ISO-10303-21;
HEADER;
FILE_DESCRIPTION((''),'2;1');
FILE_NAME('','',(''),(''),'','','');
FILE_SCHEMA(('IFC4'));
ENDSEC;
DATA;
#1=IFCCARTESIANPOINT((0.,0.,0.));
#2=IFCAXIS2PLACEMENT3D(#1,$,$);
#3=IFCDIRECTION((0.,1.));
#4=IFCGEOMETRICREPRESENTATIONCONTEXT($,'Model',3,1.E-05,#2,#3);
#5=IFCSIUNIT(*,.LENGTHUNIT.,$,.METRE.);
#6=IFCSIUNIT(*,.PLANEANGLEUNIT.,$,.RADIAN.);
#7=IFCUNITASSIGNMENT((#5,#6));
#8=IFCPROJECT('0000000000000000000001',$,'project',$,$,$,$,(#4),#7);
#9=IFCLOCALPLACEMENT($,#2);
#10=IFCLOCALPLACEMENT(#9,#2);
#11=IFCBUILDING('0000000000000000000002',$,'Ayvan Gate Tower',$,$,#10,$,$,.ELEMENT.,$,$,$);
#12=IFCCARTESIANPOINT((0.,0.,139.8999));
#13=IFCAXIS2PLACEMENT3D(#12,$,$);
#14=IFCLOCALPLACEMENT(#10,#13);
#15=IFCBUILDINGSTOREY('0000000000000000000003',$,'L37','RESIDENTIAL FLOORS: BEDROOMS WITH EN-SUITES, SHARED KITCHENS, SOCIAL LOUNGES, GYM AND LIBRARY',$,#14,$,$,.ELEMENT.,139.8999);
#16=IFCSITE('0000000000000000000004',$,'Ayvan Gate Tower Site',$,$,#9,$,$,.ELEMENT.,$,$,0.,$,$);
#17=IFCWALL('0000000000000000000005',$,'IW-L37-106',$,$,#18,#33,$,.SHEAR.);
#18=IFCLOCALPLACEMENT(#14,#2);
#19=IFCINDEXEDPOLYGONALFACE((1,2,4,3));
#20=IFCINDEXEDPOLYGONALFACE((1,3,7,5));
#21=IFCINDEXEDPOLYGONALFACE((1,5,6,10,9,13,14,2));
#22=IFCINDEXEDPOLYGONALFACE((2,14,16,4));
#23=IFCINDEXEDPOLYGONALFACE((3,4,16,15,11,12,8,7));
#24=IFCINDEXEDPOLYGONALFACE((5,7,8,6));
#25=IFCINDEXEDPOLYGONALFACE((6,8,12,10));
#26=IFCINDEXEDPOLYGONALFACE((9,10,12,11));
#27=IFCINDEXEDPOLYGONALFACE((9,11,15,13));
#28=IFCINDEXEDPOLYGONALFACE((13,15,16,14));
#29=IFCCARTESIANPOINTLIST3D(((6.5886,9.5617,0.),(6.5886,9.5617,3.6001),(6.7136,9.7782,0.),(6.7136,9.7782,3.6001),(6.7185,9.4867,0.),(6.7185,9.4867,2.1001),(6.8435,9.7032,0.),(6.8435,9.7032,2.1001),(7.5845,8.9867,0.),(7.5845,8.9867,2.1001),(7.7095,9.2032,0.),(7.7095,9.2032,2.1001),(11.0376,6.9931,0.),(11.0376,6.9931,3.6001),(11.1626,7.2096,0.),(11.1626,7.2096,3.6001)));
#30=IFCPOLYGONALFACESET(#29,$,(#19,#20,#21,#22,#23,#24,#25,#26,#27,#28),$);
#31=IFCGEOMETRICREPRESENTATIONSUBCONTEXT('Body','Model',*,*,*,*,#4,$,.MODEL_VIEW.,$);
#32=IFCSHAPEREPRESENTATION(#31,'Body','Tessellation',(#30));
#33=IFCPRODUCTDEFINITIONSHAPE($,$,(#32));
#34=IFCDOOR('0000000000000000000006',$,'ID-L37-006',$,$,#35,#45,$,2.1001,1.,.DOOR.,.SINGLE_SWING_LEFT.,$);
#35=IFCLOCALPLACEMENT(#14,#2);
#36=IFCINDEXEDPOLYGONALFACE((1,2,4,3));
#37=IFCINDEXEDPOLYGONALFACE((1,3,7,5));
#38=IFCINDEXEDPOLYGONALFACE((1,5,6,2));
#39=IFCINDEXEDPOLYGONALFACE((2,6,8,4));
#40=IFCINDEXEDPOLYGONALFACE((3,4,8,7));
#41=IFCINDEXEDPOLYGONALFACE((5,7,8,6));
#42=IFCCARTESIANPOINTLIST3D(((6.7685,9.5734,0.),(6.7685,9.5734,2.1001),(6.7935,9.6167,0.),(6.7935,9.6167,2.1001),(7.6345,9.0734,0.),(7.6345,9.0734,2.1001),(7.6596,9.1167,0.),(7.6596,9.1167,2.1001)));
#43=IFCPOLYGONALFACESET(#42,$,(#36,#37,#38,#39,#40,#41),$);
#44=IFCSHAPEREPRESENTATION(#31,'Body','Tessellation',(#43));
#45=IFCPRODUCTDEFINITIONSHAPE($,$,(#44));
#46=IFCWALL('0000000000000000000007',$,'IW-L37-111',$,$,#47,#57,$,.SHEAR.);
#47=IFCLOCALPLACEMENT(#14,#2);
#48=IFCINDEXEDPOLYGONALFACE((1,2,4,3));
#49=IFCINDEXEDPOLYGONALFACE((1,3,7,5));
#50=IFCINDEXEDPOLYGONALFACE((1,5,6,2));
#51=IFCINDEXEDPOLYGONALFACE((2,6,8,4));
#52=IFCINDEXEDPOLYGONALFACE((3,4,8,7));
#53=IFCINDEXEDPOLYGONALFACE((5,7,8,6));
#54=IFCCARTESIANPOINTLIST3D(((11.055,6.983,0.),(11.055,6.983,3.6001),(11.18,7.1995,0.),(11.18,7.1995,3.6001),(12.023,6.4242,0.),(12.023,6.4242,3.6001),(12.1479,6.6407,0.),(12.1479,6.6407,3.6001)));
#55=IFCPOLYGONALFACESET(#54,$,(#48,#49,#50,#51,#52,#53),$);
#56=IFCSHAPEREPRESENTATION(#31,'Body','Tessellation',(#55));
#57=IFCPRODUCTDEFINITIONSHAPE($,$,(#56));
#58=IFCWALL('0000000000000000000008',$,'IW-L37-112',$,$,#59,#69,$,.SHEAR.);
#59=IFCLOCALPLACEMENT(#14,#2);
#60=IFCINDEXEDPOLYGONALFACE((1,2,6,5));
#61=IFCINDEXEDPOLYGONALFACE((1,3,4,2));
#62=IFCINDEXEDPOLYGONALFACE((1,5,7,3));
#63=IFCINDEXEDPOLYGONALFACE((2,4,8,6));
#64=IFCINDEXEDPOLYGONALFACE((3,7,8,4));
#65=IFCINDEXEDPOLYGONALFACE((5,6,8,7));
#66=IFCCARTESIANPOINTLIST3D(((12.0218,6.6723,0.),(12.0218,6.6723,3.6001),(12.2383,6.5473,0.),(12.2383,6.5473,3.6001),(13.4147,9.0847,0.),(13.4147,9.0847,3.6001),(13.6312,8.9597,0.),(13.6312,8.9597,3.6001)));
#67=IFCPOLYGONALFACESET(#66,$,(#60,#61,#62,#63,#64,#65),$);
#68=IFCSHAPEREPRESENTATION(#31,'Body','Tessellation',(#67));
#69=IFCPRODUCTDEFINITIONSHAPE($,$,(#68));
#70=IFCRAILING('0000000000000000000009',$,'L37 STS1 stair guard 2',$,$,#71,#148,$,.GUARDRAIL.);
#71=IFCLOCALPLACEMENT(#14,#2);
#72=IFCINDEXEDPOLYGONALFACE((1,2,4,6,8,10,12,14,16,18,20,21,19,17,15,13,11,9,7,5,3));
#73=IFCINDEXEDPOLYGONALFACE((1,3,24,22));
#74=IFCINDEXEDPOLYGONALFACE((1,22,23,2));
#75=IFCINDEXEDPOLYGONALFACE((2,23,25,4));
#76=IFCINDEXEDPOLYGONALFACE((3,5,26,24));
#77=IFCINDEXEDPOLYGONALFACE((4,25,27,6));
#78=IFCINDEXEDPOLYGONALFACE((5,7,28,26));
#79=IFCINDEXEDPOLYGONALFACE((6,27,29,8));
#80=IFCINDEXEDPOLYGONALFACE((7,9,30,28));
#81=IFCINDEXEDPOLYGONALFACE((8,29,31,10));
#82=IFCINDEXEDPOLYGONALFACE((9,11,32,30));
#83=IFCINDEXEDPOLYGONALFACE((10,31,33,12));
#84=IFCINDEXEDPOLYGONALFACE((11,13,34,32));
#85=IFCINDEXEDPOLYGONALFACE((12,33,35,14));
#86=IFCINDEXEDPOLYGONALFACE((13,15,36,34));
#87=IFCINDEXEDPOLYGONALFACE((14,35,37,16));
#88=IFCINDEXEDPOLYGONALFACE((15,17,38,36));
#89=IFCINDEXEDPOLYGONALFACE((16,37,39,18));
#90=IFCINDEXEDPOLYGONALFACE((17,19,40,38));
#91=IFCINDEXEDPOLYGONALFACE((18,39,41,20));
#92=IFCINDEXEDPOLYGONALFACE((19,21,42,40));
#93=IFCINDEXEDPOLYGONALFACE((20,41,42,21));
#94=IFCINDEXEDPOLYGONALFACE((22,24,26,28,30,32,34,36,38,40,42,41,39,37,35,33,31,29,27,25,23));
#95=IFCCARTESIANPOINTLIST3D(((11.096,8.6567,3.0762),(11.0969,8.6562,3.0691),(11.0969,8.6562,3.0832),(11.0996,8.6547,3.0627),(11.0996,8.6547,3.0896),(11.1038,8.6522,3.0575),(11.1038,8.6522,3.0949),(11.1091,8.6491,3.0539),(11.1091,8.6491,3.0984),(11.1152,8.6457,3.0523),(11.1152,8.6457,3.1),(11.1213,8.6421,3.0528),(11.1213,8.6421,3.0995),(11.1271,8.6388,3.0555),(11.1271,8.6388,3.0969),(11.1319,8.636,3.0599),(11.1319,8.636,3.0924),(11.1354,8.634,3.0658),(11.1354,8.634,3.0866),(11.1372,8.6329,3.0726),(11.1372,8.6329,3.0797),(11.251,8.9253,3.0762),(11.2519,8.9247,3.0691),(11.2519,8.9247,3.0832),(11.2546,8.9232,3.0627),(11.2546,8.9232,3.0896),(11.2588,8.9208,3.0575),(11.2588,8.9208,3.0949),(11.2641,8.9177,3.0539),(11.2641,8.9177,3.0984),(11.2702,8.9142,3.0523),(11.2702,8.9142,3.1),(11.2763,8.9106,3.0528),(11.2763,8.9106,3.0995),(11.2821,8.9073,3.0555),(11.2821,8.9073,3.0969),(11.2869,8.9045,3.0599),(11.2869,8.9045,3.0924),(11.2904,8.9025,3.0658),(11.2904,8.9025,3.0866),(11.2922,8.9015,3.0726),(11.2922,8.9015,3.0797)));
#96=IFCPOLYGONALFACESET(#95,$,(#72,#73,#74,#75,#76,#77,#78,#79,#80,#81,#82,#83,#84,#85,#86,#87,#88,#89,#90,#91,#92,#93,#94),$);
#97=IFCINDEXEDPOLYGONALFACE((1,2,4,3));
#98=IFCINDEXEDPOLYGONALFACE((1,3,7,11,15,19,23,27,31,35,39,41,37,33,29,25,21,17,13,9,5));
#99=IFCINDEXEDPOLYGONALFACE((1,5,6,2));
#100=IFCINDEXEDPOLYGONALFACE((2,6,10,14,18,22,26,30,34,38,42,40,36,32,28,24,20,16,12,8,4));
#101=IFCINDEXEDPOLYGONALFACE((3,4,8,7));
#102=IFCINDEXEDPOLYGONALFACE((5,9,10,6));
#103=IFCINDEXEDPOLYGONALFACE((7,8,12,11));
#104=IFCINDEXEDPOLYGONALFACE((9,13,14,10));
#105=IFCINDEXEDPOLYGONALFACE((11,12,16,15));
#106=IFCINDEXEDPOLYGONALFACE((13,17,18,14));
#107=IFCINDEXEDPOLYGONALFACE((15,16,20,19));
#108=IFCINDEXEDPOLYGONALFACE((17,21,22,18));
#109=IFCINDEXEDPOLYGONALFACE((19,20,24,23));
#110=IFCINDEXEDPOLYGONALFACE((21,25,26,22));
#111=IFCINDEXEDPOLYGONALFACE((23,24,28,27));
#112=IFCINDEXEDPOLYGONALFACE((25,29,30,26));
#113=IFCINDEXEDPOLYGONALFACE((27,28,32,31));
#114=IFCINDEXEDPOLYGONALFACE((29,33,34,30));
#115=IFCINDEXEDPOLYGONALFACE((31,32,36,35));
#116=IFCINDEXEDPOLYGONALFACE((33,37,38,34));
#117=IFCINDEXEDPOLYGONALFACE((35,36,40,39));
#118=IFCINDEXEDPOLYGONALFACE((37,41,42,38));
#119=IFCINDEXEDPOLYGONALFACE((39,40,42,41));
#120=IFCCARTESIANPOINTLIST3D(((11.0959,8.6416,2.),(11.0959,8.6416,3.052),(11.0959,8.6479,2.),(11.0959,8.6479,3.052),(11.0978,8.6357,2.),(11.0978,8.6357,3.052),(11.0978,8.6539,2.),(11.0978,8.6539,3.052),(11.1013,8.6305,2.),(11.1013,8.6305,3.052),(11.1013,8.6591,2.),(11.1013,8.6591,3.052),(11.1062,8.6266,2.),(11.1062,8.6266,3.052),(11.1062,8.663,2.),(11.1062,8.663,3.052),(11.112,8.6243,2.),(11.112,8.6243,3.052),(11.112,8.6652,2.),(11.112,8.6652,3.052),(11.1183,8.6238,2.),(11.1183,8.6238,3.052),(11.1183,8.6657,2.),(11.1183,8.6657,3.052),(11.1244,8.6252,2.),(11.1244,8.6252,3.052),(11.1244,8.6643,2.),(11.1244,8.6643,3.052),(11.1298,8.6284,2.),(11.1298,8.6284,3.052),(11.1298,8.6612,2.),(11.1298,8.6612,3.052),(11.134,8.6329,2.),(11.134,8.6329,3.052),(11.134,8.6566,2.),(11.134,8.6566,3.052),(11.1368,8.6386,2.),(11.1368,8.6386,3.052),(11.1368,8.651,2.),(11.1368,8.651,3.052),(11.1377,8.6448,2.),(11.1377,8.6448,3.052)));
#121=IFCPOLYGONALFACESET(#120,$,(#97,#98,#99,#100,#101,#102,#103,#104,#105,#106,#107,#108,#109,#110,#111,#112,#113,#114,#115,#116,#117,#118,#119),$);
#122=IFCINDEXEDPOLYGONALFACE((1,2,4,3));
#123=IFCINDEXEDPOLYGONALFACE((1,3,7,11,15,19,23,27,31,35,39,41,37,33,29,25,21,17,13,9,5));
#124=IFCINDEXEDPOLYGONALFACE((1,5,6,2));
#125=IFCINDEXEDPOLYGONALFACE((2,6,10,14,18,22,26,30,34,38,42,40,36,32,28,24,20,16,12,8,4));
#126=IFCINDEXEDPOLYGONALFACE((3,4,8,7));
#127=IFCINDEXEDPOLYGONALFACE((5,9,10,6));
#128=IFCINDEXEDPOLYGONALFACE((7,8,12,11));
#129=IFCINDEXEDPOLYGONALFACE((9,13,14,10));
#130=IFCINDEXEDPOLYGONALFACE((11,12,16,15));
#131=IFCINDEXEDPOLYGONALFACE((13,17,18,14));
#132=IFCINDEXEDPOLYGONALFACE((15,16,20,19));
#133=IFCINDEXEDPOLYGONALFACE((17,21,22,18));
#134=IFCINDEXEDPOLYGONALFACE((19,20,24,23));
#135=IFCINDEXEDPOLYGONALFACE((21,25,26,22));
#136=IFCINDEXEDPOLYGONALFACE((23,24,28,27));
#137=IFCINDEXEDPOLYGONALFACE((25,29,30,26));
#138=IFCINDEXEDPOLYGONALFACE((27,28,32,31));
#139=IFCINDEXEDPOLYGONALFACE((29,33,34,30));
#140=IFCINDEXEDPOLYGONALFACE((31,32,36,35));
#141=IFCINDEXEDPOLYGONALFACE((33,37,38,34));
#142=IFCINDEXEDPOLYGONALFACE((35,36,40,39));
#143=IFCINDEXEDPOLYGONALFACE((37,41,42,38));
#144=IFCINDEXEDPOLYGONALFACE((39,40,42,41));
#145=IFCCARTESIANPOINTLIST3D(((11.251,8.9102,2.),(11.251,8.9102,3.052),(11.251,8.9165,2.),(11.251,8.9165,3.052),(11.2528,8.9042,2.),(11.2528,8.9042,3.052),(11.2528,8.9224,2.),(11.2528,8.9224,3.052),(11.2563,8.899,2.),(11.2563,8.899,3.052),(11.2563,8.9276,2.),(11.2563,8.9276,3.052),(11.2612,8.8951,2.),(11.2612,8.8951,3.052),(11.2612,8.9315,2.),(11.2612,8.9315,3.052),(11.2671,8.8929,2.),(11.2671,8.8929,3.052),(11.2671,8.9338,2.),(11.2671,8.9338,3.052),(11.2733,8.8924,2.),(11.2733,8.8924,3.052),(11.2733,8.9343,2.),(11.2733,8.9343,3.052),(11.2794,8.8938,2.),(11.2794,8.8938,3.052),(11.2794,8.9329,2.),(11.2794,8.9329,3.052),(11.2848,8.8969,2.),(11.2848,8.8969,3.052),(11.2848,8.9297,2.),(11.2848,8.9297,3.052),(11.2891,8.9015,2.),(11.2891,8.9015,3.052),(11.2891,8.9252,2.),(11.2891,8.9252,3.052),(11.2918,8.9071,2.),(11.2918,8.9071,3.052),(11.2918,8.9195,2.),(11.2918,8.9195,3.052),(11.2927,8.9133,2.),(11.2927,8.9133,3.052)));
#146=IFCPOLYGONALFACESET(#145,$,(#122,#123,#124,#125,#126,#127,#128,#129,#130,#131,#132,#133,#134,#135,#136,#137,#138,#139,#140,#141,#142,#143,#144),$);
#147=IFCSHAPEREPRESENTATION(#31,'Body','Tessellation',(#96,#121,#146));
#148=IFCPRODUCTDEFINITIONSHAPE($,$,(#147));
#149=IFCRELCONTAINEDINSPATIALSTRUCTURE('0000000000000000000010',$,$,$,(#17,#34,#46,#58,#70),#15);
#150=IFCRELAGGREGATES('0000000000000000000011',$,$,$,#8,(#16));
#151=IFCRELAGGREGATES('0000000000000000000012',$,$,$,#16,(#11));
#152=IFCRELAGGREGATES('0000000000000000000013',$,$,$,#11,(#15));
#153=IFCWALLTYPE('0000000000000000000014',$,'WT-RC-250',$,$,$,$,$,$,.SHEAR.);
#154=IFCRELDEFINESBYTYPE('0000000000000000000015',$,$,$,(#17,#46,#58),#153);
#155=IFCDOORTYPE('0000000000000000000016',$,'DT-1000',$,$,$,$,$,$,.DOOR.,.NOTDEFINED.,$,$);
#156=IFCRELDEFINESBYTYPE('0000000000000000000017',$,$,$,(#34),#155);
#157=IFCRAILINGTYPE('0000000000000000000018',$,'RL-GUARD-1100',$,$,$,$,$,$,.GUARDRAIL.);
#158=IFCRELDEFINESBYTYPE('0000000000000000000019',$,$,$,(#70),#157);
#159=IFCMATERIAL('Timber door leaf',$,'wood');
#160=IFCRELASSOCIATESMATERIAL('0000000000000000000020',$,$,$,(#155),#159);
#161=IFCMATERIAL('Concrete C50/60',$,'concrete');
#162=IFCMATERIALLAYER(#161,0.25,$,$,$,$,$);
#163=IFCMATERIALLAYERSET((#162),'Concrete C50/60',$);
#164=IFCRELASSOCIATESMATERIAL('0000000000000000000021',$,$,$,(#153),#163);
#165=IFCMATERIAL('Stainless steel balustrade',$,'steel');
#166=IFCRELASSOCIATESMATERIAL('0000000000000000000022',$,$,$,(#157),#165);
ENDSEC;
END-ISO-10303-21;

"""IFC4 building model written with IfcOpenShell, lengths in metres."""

from ifc_helpers import new_model, si_unit, direction, frame, frame_2d, origin, origin_2d, place, context, subcontext, project, spatial, rectangle, circle, extrude, material, layer, layer_set, type_object, element, fill, save


model = new_model("IFC4")

# Units and contexts
model_context = context("Model", 3, precision=1e-05, world=origin(), true_north=direction((0.0, 1.0)))
body_context = subcontext(model_context, "Body", "Model", "MODEL_VIEW")
ifc_project = project(units=[si_unit("LENGTHUNIT", "METRE"), si_unit("PLANEANGLEUNIT", "RADIAN")], contexts=[model_context])

# Site, building, storey
site_placement = place(None, origin())
site = spatial("IfcSite", under=ifc_project, at=site_placement, Name="Ayvan Gate Tower Site", CompositionType="ELEMENT", RefElevation=0.0)
building_placement = place(site_placement, origin())
building = spatial("IfcBuilding", under=site, at=building_placement, Name="Ayvan Gate Tower", CompositionType="ELEMENT")
storey_placement = place(building_placement, frame((0.0, 0.0, 139.8999)))
storey = spatial("IfcBuildingStorey", under=building, at=storey_placement, Name="L37", Description="RESIDENTIAL FLOORS: BEDROOMS WITH EN-SUITES, SHARED KITCHENS, SOCIAL LOUNGES, GYM AND LIBRARY", CompositionType="ELEMENT", Elevation=139.8999)

# Shared definitions
ifc_material_1 = material(Name="Timber door leaf", Category="wood")

# Shared definitions
door_type_1 = type_object("IfcDoorType", Name="DT-1000", OperationType="NOTDEFINED", PredefinedType="DOOR", material=ifc_material_1)

# Wall, opening, door
ifc_material_2 = material(Name="Concrete C50/60", Category="concrete")
ifc_layer_1 = layer(ifc_material_2, 0.25)
ifc_layer_set_1 = layer_set([ifc_layer_1], Name="Concrete C50/60")
wall_type_1 = type_object("IfcWallType", Name="WT-RC-250", PredefinedType="SHEAR", material=ifc_layer_set_1)
wall_1_placement = place(storey_placement, frame((11.1001, 7.1013, 0.0), z_axis=(0.0, 0.0, 1.0), x_axis=(-0.866027, 0.499998, 0.0)))
wall_1 = element("IfcWall", 1, at=wall_1_placement, inside=storey, type_object=wall_type_1, Name="IW-L37-106", PredefinedType="SHEAR", context=body_context, shape_type="SweptSolid", body=[
    extrude(rectangle(XDim=5.1372, YDim=0.25, at=frame_2d((2.5686, 0.0))), origin(), (0.0, 0.0, 1.0), 3.6001),
])
opening_1_placement = place(wall_1_placement, frame((3.9873, 0.0, 0.0)))
opening_1 = element("IfcOpeningElement", 2, at=opening_1_placement, cuts=wall_1, PredefinedType="OPENING", context=body_context, shape_type="SweptSolid", body=[
    extrude(rectangle(XDim=1.0, YDim=2.1001, at=frame_2d((0.5, 1.05))), frame((0.0, 0.135, 0.0), z_axis=(0.0, -1.0, 0.0), x_axis=(1.0, 0.0, 0.0)), (0.0, 0.0, 1.0), 0.27),
])
door_1_placement = place(opening_1_placement, origin())
door_1 = element("IfcDoor", 3, at=door_1_placement, inside=storey, type_object=door_type_1, Name="ID-L37-006", OperationType="SINGLE_SWING_LEFT", OverallHeight=2.1001, OverallWidth=1.0, PredefinedType="DOOR", context=body_context, shape_type="SweptSolid", body=[
    extrude(rectangle(XDim=1.0, YDim=2.1001, at=frame_2d((0.5, 1.05))), frame((0.0, 0.0249, 0.0), z_axis=(0.0, -1.0, 0.0), x_axis=(1.0, 0.0, 0.0)), (0.0, 0.0, 1.0), 0.05),
])
fill(opening_1, door_1)

# Walls
wall_2_placement = place(storey_placement, frame((12.0854, 6.5325, 0.0), z_axis=(0.0, 0.0, 1.0), x_axis=(-0.866044, 0.499968, 0.0)))
element("IfcWall", 4, at=wall_2_placement, inside=storey, type_object=wall_type_1, Name="IW-L37-111", PredefinedType="SHEAR", context=body_context, shape_type="SweptSolid", body=[
    extrude(rectangle(XDim=1.1177, YDim=0.25, at=frame_2d((0.5588, 0.0))), origin(), (0.0, 0.0, 1.0), 3.6001),
])
wall_3_placement = place(storey_placement, frame((13.5229, 9.0222, 0.0), z_axis=(0.0, 0.0, 1.0), x_axis=(-0.500013, -0.866018, 0.0)))
element("IfcWall", 5, at=wall_3_placement, inside=storey, type_object=wall_type_1, Name="IW-L37-112", PredefinedType="SHEAR", context=body_context, shape_type="SweptSolid", body=[
    extrude(rectangle(XDim=2.7856, YDim=0.25, at=frame_2d((1.3928, 0.0))), origin(), (0.0, 0.0, 1.0), 3.6001),
])

# Railing
ifc_material_3 = material(Name="Stainless steel balustrade", Category="steel")
railing_type_1 = type_object("IfcRailingType", Name="RL-GUARD-1100", PredefinedType="GUARDRAIL", material=ifc_material_3)
railing_1_placement = place(storey_placement, frame((11.1167, 8.6448, 2.0)))
element("IfcRailing", 6, at=railing_1_placement, inside=storey, type_object=railing_type_1, Name="L37 STS1 stair guard 2", PredefinedType="GUARDRAIL", context=body_context, shape_type="SweptSolid", body=[
    extrude(circle(Radius=0.0239, at=origin_2d()), frame((0.0, 0.0, 1.0762), z_axis=(0.49995, 0.866054, 0.0), x_axis=(-0.866054, 0.49995, 0.0)), (0.0, 0.0, 1.0), 0.3101),
    extrude(circle(Radius=0.021, at=origin_2d()), origin(), (0.0, 0.0, 1.0), 1.052),
    extrude(circle(Radius=0.021, at=origin_2d()), frame((0.155, 0.2686, 0.0)), (0.0, 0.0, 1.0), 1.052),
])

save(model, "model.ifc")
